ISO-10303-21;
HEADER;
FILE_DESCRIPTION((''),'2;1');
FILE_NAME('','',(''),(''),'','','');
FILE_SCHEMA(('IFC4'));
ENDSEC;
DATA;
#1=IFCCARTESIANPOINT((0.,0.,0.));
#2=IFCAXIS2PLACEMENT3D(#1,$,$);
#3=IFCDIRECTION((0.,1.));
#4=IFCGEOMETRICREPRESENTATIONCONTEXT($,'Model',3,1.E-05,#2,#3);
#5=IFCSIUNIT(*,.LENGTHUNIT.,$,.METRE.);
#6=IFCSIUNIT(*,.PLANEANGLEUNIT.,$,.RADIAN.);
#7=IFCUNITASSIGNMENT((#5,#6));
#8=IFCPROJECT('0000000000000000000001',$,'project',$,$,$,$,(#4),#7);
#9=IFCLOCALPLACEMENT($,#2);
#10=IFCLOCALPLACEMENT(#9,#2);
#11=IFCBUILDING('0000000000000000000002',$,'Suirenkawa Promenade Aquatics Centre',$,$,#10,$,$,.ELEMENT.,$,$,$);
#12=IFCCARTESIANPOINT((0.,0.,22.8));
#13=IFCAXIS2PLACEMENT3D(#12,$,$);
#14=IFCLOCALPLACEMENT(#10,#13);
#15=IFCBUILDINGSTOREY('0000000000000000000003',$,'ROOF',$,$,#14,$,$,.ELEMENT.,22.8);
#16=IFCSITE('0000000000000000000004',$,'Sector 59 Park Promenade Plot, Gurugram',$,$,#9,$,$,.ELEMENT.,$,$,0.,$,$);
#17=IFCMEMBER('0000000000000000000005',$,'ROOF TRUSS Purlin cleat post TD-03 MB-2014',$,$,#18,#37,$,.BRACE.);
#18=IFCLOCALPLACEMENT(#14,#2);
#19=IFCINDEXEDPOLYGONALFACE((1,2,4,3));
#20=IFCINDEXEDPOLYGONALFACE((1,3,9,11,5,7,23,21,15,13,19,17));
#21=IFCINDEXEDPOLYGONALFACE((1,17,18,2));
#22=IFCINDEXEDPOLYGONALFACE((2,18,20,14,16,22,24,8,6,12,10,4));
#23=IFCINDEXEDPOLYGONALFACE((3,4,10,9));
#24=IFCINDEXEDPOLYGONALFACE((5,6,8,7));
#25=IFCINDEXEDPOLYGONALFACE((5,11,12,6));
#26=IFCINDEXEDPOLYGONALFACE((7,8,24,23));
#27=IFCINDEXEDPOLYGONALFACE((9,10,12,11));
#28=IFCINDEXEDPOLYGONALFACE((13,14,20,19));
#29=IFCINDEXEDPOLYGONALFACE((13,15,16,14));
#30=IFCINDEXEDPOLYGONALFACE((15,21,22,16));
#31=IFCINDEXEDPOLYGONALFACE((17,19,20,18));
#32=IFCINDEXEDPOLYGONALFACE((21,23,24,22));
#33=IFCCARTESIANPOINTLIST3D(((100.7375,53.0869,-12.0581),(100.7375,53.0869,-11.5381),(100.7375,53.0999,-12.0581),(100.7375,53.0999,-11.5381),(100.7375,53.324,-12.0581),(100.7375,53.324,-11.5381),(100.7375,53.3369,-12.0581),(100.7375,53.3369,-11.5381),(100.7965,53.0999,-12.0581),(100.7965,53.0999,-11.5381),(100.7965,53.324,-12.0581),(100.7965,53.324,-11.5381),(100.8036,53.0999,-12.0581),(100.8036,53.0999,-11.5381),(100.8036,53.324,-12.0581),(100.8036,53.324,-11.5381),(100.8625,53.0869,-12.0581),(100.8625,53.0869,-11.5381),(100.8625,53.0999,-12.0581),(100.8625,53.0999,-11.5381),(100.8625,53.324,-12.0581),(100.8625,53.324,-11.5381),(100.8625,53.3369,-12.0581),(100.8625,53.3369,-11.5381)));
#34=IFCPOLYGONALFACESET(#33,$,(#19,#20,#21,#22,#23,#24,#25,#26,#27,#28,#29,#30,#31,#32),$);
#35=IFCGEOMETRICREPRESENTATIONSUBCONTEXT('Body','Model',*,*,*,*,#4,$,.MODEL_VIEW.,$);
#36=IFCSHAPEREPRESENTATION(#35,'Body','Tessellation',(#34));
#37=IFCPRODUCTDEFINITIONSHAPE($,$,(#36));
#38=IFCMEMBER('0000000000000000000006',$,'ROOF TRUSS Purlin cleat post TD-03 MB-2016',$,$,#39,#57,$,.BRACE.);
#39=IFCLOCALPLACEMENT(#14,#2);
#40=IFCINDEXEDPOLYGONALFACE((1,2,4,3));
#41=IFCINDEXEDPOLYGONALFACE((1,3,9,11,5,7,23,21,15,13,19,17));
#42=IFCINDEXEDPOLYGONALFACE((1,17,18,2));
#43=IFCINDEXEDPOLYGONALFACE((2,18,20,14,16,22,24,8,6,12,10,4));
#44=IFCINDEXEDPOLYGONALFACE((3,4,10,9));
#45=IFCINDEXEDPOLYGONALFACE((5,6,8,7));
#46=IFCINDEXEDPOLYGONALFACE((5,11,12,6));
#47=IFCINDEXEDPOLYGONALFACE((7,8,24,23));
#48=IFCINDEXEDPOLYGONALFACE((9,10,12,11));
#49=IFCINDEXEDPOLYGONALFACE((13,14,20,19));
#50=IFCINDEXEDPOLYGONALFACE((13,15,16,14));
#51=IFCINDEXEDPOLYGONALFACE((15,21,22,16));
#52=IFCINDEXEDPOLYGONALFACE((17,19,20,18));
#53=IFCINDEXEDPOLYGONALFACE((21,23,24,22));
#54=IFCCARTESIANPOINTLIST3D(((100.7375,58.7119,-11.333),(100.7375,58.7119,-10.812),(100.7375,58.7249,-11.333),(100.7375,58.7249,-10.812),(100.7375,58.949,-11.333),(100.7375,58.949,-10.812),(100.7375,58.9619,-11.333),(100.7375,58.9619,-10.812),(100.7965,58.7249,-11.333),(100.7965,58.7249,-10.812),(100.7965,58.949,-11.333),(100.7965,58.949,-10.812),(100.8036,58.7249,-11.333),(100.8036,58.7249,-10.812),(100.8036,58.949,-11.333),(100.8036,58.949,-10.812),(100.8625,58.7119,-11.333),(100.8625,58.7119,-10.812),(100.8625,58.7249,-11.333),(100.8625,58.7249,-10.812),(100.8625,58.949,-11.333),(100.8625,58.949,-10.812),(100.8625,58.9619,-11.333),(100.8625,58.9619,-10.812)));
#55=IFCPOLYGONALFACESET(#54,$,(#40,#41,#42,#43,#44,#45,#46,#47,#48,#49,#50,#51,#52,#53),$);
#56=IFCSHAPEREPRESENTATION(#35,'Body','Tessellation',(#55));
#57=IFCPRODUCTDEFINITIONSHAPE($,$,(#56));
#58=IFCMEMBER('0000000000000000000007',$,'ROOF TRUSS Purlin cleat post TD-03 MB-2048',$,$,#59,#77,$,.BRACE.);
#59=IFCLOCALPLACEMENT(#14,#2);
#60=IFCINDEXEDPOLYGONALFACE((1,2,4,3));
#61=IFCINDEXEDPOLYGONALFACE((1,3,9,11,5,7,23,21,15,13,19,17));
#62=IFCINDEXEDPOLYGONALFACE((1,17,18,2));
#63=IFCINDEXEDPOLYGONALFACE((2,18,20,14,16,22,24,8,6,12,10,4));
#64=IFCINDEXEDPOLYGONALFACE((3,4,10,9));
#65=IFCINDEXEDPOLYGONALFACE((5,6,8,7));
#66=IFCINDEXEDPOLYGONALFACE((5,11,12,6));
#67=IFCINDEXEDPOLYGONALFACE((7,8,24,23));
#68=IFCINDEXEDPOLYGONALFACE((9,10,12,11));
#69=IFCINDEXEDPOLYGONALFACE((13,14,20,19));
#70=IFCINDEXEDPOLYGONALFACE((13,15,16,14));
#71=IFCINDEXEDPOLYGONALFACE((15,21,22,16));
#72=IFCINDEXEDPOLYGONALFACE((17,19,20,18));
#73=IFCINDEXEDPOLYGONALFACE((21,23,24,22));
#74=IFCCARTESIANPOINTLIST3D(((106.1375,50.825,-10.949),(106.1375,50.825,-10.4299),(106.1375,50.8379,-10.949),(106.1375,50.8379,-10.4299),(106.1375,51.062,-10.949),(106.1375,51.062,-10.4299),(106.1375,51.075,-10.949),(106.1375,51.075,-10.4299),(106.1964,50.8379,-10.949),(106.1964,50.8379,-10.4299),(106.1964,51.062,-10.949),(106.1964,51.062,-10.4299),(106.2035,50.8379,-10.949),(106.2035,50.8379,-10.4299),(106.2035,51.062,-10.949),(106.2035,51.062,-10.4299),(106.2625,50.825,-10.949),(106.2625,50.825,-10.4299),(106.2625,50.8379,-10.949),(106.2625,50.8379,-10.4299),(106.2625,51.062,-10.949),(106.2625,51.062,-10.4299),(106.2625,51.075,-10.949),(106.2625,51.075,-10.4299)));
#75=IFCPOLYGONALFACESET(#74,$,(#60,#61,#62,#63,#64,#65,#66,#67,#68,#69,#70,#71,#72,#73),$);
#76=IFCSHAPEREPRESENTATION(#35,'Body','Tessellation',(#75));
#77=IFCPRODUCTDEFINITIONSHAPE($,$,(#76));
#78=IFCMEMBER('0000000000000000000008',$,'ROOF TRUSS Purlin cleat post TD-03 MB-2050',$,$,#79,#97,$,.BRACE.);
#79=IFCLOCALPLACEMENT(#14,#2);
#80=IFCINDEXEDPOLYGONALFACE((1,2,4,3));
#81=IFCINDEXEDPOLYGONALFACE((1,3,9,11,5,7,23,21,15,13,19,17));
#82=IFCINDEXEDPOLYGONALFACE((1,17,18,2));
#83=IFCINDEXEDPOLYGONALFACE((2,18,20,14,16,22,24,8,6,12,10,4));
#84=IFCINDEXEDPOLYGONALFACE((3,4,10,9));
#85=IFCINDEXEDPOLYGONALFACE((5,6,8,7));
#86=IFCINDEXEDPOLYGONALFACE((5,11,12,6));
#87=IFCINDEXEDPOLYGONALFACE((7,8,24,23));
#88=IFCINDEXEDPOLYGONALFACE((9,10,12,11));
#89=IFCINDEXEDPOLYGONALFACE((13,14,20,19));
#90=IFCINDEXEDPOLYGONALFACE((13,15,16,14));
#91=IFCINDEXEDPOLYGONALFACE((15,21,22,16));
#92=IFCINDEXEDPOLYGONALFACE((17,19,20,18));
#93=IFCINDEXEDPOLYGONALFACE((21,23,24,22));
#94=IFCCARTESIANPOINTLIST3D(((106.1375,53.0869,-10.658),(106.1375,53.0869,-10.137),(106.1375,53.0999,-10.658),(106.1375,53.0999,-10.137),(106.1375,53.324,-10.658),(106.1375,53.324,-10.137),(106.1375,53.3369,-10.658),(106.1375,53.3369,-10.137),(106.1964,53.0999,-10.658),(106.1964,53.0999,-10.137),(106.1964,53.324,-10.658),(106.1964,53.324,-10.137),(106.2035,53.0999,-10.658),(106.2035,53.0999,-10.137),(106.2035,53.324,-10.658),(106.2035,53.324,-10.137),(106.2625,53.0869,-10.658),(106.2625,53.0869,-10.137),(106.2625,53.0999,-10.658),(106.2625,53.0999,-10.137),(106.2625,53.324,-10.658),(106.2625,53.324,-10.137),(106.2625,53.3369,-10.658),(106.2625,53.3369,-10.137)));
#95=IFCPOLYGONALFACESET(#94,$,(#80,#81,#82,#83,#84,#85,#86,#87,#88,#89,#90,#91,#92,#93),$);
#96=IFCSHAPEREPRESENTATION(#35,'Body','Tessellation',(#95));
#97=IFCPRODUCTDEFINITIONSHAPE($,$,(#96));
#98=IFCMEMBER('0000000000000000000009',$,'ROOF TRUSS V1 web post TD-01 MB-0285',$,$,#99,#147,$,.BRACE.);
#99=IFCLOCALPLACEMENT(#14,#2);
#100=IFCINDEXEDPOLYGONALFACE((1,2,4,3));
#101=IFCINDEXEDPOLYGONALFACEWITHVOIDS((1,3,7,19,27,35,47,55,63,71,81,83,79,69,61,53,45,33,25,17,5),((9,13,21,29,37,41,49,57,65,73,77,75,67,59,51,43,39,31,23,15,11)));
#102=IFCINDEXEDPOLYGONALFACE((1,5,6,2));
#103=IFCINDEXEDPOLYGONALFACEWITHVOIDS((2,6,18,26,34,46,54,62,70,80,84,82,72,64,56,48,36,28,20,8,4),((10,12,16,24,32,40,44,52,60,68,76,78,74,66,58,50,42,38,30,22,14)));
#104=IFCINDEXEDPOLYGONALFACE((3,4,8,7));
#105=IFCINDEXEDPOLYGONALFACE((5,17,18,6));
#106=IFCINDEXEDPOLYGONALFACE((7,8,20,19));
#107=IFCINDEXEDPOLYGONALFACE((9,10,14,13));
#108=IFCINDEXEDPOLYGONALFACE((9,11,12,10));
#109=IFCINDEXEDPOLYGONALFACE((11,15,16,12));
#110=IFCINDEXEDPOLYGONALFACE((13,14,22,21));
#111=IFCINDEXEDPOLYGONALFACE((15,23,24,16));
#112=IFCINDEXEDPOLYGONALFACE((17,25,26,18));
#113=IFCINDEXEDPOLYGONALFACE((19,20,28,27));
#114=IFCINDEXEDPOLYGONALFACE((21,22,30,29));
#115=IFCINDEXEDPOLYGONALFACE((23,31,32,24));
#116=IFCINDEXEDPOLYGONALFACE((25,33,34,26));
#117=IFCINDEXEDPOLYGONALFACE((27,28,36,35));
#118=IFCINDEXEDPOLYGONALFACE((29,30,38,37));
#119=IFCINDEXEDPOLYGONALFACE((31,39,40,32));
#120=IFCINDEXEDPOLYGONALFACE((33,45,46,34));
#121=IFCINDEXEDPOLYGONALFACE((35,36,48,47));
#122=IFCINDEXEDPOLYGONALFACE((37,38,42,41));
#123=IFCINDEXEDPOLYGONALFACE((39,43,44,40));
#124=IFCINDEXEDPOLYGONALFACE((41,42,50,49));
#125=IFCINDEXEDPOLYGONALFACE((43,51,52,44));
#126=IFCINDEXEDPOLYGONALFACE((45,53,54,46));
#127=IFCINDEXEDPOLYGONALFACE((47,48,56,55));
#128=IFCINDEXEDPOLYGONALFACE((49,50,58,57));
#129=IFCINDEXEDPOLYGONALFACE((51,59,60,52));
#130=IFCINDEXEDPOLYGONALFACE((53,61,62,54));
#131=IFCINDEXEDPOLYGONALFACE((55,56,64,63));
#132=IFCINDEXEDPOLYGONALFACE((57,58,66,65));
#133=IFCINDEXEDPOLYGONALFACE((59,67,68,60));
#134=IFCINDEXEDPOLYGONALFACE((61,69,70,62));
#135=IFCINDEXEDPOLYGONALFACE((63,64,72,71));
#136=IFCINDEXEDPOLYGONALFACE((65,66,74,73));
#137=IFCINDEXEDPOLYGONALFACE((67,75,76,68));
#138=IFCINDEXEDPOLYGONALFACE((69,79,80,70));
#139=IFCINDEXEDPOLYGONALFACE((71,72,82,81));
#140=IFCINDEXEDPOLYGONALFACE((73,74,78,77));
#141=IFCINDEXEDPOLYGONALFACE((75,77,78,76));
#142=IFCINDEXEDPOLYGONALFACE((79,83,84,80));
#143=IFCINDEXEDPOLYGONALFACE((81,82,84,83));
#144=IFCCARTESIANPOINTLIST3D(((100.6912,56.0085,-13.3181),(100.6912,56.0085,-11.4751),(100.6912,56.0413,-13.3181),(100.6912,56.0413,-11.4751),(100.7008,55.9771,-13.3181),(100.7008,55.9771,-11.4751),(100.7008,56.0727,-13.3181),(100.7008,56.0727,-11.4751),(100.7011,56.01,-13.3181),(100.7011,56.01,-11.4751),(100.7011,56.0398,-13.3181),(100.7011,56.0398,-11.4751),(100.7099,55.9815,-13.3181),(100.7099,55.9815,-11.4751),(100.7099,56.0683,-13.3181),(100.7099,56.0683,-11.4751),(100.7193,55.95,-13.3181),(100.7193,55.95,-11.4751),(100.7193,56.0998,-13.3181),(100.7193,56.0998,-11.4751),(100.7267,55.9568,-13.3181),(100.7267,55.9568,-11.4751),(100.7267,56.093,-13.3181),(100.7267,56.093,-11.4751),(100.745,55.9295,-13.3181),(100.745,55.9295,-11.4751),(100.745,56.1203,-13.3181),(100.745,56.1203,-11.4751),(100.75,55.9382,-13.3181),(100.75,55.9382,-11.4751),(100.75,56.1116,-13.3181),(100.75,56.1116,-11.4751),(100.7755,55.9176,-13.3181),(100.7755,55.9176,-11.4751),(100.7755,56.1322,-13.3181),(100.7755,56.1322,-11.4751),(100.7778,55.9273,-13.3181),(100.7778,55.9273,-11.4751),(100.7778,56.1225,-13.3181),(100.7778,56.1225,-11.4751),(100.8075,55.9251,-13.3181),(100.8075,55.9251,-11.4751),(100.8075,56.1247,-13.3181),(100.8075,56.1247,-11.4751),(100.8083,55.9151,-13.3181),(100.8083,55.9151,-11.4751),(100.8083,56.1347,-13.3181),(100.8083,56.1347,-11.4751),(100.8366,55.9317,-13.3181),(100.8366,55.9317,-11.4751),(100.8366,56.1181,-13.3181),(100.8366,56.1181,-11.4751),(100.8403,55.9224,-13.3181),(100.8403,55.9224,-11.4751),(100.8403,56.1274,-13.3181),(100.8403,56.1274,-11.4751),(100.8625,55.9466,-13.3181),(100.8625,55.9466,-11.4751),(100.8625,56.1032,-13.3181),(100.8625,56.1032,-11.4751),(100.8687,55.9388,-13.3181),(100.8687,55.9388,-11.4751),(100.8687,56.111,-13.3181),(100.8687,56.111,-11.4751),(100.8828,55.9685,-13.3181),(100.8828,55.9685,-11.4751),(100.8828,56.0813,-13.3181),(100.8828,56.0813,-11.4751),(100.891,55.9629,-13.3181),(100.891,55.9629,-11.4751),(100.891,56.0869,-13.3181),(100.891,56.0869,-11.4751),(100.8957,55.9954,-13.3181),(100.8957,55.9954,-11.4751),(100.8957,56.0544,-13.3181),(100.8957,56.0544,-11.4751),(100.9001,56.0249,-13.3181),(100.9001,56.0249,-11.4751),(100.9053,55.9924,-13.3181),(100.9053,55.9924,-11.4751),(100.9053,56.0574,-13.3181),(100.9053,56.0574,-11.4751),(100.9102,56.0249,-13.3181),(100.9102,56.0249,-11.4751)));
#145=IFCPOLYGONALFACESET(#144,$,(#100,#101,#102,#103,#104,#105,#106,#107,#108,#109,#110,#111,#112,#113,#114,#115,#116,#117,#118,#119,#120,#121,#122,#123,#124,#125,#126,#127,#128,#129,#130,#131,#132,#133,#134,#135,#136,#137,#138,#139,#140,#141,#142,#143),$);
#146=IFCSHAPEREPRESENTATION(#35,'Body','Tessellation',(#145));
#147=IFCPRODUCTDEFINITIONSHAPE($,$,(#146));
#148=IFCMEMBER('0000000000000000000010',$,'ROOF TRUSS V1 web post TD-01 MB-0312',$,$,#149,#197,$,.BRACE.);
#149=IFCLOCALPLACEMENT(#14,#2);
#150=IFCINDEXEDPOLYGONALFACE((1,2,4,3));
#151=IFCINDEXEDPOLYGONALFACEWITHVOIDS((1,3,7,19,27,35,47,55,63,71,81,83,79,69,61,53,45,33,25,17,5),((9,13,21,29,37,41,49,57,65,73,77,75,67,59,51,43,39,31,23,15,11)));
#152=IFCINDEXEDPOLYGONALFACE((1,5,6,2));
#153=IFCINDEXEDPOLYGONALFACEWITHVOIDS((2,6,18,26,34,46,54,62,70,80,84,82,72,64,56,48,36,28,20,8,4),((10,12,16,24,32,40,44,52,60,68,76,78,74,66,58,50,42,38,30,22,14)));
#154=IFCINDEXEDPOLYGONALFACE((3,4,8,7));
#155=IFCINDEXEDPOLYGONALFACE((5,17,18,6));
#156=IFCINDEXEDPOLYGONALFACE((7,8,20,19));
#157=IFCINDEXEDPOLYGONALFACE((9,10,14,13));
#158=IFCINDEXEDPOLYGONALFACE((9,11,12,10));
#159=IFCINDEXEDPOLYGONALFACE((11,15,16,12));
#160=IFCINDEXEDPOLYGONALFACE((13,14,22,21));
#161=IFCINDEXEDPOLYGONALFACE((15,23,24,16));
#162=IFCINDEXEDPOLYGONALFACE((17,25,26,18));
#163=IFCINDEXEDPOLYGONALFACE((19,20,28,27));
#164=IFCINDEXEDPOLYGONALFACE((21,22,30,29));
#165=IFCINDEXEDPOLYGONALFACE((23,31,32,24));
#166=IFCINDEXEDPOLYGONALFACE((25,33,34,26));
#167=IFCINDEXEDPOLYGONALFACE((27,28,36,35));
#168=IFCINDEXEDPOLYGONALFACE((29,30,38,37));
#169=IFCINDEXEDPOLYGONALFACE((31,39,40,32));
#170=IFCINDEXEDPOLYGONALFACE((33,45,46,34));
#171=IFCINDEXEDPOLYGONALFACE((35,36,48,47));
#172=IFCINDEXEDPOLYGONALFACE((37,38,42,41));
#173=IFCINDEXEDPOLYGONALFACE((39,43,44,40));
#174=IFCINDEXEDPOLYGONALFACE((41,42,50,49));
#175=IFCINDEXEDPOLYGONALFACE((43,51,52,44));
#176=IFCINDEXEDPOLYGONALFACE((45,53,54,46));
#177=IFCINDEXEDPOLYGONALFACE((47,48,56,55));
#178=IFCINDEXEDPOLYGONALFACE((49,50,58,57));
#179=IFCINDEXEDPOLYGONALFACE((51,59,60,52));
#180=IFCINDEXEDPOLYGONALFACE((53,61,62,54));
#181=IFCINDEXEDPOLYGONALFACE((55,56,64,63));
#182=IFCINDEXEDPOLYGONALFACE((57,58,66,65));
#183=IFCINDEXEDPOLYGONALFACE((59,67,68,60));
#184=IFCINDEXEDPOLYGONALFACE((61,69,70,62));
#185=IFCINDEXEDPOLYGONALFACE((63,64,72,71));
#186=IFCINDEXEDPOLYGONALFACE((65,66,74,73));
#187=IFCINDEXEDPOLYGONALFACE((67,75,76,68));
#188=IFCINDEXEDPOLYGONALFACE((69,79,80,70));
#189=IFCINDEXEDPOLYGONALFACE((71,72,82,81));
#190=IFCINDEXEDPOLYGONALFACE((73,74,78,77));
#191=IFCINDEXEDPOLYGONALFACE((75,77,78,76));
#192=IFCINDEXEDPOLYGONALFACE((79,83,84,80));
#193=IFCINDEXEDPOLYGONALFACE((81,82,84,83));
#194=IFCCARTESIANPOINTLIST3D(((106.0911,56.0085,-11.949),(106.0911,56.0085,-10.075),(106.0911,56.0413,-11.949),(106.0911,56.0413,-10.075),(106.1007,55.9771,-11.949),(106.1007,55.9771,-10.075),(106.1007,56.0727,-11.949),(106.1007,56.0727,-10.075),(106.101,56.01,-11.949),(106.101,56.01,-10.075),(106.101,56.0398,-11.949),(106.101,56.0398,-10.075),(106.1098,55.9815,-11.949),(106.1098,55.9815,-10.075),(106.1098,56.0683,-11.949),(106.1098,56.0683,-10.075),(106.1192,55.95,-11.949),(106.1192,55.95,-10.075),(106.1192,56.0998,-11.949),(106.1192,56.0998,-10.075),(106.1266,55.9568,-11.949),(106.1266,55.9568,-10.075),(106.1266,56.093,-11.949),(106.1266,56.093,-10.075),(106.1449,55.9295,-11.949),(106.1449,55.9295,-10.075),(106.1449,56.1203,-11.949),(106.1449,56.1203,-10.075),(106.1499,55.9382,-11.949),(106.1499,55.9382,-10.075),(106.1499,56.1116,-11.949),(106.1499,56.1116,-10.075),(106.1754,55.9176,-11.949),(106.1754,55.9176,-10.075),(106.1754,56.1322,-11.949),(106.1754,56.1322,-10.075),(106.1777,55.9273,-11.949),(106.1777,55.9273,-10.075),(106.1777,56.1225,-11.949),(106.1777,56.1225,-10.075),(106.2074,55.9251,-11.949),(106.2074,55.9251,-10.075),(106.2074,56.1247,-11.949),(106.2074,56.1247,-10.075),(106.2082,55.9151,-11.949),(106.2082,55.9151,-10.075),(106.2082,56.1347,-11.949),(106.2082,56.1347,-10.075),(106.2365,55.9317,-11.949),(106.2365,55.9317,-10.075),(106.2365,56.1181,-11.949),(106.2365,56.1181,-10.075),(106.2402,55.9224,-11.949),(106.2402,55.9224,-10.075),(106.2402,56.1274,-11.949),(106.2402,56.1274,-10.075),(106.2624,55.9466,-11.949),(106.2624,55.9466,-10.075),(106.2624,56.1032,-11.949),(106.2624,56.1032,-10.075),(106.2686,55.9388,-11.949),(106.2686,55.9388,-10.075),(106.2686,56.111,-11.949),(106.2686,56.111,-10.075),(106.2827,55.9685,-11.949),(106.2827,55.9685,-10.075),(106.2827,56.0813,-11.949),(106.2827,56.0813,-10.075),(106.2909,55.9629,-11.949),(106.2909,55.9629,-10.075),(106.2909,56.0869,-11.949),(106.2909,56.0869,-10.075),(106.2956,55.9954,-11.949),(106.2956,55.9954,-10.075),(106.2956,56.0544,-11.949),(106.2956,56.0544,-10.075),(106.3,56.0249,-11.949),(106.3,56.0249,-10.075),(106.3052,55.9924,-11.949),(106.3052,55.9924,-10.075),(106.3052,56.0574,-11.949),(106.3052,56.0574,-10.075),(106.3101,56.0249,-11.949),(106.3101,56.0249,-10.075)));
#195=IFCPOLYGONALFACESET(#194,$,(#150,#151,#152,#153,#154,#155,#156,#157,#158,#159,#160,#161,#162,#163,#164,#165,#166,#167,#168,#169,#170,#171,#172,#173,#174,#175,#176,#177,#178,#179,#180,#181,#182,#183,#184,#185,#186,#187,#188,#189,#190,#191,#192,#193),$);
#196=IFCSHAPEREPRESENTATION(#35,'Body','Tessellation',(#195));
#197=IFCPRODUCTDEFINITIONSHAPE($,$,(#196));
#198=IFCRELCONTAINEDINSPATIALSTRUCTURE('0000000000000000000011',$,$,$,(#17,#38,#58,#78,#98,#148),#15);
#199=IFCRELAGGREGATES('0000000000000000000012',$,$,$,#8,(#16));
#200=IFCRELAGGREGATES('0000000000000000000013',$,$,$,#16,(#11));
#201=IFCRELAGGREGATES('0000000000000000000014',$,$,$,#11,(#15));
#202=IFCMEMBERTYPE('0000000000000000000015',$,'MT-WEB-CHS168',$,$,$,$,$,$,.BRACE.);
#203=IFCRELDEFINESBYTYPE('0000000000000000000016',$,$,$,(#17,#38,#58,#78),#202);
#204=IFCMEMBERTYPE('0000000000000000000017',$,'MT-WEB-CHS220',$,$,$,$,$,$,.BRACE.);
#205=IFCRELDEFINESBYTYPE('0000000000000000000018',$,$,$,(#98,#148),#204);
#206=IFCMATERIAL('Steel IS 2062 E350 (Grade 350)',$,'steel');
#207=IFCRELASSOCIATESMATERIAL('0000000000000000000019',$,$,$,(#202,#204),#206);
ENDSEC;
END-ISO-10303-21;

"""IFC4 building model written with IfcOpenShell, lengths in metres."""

from ifc_helpers import new_model, si_unit, direction, frame, origin, origin_2d, place, context, subcontext, project, spatial, hollow_circle, i_section, extrude, material, material_profile, profile_set, type_object, element, save


model = new_model("IFC4")

# Units and contexts
model_context = context("Model", 3, precision=1e-05, world=origin(), true_north=direction((0.0, 1.0)))
body_context = subcontext(model_context, "Body", "Model", "MODEL_VIEW")
ifc_project = project(units=[si_unit("LENGTHUNIT", "METRE"), si_unit("PLANEANGLEUNIT", "RADIAN")], contexts=[model_context])

# Site, building, storey
site_placement = place(None, origin())
site = spatial("IfcSite", under=ifc_project, at=site_placement, Name="Sector 59 Park Promenade Plot, Gurugram", CompositionType="ELEMENT", RefElevation=0.0)
building_placement = place(site_placement, origin())
building = spatial("IfcBuilding", under=site, at=building_placement, Name="Suirenkawa Promenade Aquatics Centre", CompositionType="ELEMENT")
storey_placement = place(building_placement, frame((0.0, 0.0, 22.8)))
storey = spatial("IfcBuildingStorey", under=building, at=storey_placement, Name="ROOF", CompositionType="ELEMENT", Elevation=22.8)

# Shared definitions
ifc_material_1 = material(Name="Steel IS 2062 E350 (Grade 350)", Category="steel")

# Members
ifc_material_profile_1 = material_profile(ifc_material_1, i_section(OverallWidth=0.125, OverallDepth=0.25, WebThickness=0.0071, FlangeThickness=0.0129, at=origin_2d()), Name="ISMB 250", Category="steel")
ifc_profile_set_1 = profile_set([ifc_material_profile_1], Name="Steel IS 2062 E350 (Grade 350)")
member_type_1 = type_object("IfcMemberType", Name="MT-WEB-CHS168", PredefinedType="BRACE", material=ifc_profile_set_1)
member_1_placement = place(storey_placement, frame((100.8, 53.2119, -12.0581), z_axis=(0.0, 0.0, 1.0), x_axis=(1.0, 0.0, 0.0)))
element("IfcMember", 1, at=member_1_placement, inside=storey, type_object=member_type_1, Name="ROOF TRUSS Purlin cleat post TD-03 MB-2014", PredefinedType="BRACE", context=body_context, shape_type="SweptSolid", body=[
    extrude(i_section(OverallWidth=0.125, OverallDepth=0.25, WebThickness=0.0071, FlangeThickness=0.0129, at=origin_2d()), origin(), (0.0, 0.0, 1.0), 0.52),
])
member_2_placement = place(storey_placement, frame((100.8, 58.8369, -11.333), z_axis=(0.0, 0.0, 1.0), x_axis=(1.0, 0.0, 0.0)))
element("IfcMember", 2, at=member_2_placement, inside=storey, type_object=member_type_1, Name="ROOF TRUSS Purlin cleat post TD-03 MB-2016", PredefinedType="BRACE", context=body_context, shape_type="SweptSolid", body=[
    extrude(i_section(OverallWidth=0.125, OverallDepth=0.25, WebThickness=0.0071, FlangeThickness=0.0129, at=origin_2d()), origin(), (0.0, 0.0, 1.0), 0.521),
])
member_3_placement = place(storey_placement, frame((106.2, 50.95, -10.949), z_axis=(0.0, 0.0, 1.0), x_axis=(1.0, 0.0, 0.0)))
element("IfcMember", 3, at=member_3_placement, inside=storey, type_object=member_type_1, Name="ROOF TRUSS Purlin cleat post TD-03 MB-2048", PredefinedType="BRACE", context=body_context, shape_type="SweptSolid", body=[
    extrude(i_section(OverallWidth=0.125, OverallDepth=0.25, WebThickness=0.0071, FlangeThickness=0.0129, at=origin_2d()), origin(), (0.0, 0.0, 1.0), 0.519),
])
member_4_placement = place(storey_placement, frame((106.2, 53.2119, -10.658), z_axis=(0.0, 0.0, 1.0), x_axis=(1.0, 0.0, 0.0)))
element("IfcMember", 4, at=member_4_placement, inside=storey, type_object=member_type_1, Name="ROOF TRUSS Purlin cleat post TD-03 MB-2050", PredefinedType="BRACE", context=body_context, shape_type="SweptSolid", body=[
    extrude(i_section(OverallWidth=0.125, OverallDepth=0.25, WebThickness=0.0071, FlangeThickness=0.0129, at=origin_2d()), origin(), (0.0, 0.0, 1.0), 0.521),
])
ifc_material_profile_2 = material_profile(ifc_material_1, hollow_circle(Radius=0.1101, WallThickness=0.01, at=origin_2d()), Name="CHS 220x10", Category="steel")
ifc_profile_set_2 = profile_set([ifc_material_profile_2], Name="Steel IS 2062 E350 (Grade 350)")
member_type_2 = type_object("IfcMemberType", Name="MT-WEB-CHS220", PredefinedType="BRACE", material=ifc_profile_set_2)
member_5_placement = place(storey_placement, frame((100.8, 56.0249, -13.3181), z_axis=(0.0, 0.0, 1.0), x_axis=(1.0, 0.0, 0.0)))
element("IfcMember", 5, at=member_5_placement, inside=storey, type_object=member_type_2, Name="ROOF TRUSS V1 web post TD-01 MB-0285", PredefinedType="BRACE", context=body_context, shape_type="SweptSolid", body=[
    extrude(hollow_circle(Radius=0.1101, WallThickness=0.01, at=origin_2d()), origin(), (0.0, 0.0, 1.0), 1.843),
])
member_6_placement = place(storey_placement, frame((106.2, 56.0249, -11.949), z_axis=(0.0, 0.0, 1.0), x_axis=(1.0, 0.0, 0.0)))
element("IfcMember", 6, at=member_6_placement, inside=storey, type_object=member_type_2, Name="ROOF TRUSS V1 web post TD-01 MB-0312", PredefinedType="BRACE", context=body_context, shape_type="SweptSolid", body=[
    extrude(hollow_circle(Radius=0.1101, WallThickness=0.01, at=origin_2d()), origin(), (0.0, 0.0, 1.0), 1.874),
])

save(model, "model.ifc")
